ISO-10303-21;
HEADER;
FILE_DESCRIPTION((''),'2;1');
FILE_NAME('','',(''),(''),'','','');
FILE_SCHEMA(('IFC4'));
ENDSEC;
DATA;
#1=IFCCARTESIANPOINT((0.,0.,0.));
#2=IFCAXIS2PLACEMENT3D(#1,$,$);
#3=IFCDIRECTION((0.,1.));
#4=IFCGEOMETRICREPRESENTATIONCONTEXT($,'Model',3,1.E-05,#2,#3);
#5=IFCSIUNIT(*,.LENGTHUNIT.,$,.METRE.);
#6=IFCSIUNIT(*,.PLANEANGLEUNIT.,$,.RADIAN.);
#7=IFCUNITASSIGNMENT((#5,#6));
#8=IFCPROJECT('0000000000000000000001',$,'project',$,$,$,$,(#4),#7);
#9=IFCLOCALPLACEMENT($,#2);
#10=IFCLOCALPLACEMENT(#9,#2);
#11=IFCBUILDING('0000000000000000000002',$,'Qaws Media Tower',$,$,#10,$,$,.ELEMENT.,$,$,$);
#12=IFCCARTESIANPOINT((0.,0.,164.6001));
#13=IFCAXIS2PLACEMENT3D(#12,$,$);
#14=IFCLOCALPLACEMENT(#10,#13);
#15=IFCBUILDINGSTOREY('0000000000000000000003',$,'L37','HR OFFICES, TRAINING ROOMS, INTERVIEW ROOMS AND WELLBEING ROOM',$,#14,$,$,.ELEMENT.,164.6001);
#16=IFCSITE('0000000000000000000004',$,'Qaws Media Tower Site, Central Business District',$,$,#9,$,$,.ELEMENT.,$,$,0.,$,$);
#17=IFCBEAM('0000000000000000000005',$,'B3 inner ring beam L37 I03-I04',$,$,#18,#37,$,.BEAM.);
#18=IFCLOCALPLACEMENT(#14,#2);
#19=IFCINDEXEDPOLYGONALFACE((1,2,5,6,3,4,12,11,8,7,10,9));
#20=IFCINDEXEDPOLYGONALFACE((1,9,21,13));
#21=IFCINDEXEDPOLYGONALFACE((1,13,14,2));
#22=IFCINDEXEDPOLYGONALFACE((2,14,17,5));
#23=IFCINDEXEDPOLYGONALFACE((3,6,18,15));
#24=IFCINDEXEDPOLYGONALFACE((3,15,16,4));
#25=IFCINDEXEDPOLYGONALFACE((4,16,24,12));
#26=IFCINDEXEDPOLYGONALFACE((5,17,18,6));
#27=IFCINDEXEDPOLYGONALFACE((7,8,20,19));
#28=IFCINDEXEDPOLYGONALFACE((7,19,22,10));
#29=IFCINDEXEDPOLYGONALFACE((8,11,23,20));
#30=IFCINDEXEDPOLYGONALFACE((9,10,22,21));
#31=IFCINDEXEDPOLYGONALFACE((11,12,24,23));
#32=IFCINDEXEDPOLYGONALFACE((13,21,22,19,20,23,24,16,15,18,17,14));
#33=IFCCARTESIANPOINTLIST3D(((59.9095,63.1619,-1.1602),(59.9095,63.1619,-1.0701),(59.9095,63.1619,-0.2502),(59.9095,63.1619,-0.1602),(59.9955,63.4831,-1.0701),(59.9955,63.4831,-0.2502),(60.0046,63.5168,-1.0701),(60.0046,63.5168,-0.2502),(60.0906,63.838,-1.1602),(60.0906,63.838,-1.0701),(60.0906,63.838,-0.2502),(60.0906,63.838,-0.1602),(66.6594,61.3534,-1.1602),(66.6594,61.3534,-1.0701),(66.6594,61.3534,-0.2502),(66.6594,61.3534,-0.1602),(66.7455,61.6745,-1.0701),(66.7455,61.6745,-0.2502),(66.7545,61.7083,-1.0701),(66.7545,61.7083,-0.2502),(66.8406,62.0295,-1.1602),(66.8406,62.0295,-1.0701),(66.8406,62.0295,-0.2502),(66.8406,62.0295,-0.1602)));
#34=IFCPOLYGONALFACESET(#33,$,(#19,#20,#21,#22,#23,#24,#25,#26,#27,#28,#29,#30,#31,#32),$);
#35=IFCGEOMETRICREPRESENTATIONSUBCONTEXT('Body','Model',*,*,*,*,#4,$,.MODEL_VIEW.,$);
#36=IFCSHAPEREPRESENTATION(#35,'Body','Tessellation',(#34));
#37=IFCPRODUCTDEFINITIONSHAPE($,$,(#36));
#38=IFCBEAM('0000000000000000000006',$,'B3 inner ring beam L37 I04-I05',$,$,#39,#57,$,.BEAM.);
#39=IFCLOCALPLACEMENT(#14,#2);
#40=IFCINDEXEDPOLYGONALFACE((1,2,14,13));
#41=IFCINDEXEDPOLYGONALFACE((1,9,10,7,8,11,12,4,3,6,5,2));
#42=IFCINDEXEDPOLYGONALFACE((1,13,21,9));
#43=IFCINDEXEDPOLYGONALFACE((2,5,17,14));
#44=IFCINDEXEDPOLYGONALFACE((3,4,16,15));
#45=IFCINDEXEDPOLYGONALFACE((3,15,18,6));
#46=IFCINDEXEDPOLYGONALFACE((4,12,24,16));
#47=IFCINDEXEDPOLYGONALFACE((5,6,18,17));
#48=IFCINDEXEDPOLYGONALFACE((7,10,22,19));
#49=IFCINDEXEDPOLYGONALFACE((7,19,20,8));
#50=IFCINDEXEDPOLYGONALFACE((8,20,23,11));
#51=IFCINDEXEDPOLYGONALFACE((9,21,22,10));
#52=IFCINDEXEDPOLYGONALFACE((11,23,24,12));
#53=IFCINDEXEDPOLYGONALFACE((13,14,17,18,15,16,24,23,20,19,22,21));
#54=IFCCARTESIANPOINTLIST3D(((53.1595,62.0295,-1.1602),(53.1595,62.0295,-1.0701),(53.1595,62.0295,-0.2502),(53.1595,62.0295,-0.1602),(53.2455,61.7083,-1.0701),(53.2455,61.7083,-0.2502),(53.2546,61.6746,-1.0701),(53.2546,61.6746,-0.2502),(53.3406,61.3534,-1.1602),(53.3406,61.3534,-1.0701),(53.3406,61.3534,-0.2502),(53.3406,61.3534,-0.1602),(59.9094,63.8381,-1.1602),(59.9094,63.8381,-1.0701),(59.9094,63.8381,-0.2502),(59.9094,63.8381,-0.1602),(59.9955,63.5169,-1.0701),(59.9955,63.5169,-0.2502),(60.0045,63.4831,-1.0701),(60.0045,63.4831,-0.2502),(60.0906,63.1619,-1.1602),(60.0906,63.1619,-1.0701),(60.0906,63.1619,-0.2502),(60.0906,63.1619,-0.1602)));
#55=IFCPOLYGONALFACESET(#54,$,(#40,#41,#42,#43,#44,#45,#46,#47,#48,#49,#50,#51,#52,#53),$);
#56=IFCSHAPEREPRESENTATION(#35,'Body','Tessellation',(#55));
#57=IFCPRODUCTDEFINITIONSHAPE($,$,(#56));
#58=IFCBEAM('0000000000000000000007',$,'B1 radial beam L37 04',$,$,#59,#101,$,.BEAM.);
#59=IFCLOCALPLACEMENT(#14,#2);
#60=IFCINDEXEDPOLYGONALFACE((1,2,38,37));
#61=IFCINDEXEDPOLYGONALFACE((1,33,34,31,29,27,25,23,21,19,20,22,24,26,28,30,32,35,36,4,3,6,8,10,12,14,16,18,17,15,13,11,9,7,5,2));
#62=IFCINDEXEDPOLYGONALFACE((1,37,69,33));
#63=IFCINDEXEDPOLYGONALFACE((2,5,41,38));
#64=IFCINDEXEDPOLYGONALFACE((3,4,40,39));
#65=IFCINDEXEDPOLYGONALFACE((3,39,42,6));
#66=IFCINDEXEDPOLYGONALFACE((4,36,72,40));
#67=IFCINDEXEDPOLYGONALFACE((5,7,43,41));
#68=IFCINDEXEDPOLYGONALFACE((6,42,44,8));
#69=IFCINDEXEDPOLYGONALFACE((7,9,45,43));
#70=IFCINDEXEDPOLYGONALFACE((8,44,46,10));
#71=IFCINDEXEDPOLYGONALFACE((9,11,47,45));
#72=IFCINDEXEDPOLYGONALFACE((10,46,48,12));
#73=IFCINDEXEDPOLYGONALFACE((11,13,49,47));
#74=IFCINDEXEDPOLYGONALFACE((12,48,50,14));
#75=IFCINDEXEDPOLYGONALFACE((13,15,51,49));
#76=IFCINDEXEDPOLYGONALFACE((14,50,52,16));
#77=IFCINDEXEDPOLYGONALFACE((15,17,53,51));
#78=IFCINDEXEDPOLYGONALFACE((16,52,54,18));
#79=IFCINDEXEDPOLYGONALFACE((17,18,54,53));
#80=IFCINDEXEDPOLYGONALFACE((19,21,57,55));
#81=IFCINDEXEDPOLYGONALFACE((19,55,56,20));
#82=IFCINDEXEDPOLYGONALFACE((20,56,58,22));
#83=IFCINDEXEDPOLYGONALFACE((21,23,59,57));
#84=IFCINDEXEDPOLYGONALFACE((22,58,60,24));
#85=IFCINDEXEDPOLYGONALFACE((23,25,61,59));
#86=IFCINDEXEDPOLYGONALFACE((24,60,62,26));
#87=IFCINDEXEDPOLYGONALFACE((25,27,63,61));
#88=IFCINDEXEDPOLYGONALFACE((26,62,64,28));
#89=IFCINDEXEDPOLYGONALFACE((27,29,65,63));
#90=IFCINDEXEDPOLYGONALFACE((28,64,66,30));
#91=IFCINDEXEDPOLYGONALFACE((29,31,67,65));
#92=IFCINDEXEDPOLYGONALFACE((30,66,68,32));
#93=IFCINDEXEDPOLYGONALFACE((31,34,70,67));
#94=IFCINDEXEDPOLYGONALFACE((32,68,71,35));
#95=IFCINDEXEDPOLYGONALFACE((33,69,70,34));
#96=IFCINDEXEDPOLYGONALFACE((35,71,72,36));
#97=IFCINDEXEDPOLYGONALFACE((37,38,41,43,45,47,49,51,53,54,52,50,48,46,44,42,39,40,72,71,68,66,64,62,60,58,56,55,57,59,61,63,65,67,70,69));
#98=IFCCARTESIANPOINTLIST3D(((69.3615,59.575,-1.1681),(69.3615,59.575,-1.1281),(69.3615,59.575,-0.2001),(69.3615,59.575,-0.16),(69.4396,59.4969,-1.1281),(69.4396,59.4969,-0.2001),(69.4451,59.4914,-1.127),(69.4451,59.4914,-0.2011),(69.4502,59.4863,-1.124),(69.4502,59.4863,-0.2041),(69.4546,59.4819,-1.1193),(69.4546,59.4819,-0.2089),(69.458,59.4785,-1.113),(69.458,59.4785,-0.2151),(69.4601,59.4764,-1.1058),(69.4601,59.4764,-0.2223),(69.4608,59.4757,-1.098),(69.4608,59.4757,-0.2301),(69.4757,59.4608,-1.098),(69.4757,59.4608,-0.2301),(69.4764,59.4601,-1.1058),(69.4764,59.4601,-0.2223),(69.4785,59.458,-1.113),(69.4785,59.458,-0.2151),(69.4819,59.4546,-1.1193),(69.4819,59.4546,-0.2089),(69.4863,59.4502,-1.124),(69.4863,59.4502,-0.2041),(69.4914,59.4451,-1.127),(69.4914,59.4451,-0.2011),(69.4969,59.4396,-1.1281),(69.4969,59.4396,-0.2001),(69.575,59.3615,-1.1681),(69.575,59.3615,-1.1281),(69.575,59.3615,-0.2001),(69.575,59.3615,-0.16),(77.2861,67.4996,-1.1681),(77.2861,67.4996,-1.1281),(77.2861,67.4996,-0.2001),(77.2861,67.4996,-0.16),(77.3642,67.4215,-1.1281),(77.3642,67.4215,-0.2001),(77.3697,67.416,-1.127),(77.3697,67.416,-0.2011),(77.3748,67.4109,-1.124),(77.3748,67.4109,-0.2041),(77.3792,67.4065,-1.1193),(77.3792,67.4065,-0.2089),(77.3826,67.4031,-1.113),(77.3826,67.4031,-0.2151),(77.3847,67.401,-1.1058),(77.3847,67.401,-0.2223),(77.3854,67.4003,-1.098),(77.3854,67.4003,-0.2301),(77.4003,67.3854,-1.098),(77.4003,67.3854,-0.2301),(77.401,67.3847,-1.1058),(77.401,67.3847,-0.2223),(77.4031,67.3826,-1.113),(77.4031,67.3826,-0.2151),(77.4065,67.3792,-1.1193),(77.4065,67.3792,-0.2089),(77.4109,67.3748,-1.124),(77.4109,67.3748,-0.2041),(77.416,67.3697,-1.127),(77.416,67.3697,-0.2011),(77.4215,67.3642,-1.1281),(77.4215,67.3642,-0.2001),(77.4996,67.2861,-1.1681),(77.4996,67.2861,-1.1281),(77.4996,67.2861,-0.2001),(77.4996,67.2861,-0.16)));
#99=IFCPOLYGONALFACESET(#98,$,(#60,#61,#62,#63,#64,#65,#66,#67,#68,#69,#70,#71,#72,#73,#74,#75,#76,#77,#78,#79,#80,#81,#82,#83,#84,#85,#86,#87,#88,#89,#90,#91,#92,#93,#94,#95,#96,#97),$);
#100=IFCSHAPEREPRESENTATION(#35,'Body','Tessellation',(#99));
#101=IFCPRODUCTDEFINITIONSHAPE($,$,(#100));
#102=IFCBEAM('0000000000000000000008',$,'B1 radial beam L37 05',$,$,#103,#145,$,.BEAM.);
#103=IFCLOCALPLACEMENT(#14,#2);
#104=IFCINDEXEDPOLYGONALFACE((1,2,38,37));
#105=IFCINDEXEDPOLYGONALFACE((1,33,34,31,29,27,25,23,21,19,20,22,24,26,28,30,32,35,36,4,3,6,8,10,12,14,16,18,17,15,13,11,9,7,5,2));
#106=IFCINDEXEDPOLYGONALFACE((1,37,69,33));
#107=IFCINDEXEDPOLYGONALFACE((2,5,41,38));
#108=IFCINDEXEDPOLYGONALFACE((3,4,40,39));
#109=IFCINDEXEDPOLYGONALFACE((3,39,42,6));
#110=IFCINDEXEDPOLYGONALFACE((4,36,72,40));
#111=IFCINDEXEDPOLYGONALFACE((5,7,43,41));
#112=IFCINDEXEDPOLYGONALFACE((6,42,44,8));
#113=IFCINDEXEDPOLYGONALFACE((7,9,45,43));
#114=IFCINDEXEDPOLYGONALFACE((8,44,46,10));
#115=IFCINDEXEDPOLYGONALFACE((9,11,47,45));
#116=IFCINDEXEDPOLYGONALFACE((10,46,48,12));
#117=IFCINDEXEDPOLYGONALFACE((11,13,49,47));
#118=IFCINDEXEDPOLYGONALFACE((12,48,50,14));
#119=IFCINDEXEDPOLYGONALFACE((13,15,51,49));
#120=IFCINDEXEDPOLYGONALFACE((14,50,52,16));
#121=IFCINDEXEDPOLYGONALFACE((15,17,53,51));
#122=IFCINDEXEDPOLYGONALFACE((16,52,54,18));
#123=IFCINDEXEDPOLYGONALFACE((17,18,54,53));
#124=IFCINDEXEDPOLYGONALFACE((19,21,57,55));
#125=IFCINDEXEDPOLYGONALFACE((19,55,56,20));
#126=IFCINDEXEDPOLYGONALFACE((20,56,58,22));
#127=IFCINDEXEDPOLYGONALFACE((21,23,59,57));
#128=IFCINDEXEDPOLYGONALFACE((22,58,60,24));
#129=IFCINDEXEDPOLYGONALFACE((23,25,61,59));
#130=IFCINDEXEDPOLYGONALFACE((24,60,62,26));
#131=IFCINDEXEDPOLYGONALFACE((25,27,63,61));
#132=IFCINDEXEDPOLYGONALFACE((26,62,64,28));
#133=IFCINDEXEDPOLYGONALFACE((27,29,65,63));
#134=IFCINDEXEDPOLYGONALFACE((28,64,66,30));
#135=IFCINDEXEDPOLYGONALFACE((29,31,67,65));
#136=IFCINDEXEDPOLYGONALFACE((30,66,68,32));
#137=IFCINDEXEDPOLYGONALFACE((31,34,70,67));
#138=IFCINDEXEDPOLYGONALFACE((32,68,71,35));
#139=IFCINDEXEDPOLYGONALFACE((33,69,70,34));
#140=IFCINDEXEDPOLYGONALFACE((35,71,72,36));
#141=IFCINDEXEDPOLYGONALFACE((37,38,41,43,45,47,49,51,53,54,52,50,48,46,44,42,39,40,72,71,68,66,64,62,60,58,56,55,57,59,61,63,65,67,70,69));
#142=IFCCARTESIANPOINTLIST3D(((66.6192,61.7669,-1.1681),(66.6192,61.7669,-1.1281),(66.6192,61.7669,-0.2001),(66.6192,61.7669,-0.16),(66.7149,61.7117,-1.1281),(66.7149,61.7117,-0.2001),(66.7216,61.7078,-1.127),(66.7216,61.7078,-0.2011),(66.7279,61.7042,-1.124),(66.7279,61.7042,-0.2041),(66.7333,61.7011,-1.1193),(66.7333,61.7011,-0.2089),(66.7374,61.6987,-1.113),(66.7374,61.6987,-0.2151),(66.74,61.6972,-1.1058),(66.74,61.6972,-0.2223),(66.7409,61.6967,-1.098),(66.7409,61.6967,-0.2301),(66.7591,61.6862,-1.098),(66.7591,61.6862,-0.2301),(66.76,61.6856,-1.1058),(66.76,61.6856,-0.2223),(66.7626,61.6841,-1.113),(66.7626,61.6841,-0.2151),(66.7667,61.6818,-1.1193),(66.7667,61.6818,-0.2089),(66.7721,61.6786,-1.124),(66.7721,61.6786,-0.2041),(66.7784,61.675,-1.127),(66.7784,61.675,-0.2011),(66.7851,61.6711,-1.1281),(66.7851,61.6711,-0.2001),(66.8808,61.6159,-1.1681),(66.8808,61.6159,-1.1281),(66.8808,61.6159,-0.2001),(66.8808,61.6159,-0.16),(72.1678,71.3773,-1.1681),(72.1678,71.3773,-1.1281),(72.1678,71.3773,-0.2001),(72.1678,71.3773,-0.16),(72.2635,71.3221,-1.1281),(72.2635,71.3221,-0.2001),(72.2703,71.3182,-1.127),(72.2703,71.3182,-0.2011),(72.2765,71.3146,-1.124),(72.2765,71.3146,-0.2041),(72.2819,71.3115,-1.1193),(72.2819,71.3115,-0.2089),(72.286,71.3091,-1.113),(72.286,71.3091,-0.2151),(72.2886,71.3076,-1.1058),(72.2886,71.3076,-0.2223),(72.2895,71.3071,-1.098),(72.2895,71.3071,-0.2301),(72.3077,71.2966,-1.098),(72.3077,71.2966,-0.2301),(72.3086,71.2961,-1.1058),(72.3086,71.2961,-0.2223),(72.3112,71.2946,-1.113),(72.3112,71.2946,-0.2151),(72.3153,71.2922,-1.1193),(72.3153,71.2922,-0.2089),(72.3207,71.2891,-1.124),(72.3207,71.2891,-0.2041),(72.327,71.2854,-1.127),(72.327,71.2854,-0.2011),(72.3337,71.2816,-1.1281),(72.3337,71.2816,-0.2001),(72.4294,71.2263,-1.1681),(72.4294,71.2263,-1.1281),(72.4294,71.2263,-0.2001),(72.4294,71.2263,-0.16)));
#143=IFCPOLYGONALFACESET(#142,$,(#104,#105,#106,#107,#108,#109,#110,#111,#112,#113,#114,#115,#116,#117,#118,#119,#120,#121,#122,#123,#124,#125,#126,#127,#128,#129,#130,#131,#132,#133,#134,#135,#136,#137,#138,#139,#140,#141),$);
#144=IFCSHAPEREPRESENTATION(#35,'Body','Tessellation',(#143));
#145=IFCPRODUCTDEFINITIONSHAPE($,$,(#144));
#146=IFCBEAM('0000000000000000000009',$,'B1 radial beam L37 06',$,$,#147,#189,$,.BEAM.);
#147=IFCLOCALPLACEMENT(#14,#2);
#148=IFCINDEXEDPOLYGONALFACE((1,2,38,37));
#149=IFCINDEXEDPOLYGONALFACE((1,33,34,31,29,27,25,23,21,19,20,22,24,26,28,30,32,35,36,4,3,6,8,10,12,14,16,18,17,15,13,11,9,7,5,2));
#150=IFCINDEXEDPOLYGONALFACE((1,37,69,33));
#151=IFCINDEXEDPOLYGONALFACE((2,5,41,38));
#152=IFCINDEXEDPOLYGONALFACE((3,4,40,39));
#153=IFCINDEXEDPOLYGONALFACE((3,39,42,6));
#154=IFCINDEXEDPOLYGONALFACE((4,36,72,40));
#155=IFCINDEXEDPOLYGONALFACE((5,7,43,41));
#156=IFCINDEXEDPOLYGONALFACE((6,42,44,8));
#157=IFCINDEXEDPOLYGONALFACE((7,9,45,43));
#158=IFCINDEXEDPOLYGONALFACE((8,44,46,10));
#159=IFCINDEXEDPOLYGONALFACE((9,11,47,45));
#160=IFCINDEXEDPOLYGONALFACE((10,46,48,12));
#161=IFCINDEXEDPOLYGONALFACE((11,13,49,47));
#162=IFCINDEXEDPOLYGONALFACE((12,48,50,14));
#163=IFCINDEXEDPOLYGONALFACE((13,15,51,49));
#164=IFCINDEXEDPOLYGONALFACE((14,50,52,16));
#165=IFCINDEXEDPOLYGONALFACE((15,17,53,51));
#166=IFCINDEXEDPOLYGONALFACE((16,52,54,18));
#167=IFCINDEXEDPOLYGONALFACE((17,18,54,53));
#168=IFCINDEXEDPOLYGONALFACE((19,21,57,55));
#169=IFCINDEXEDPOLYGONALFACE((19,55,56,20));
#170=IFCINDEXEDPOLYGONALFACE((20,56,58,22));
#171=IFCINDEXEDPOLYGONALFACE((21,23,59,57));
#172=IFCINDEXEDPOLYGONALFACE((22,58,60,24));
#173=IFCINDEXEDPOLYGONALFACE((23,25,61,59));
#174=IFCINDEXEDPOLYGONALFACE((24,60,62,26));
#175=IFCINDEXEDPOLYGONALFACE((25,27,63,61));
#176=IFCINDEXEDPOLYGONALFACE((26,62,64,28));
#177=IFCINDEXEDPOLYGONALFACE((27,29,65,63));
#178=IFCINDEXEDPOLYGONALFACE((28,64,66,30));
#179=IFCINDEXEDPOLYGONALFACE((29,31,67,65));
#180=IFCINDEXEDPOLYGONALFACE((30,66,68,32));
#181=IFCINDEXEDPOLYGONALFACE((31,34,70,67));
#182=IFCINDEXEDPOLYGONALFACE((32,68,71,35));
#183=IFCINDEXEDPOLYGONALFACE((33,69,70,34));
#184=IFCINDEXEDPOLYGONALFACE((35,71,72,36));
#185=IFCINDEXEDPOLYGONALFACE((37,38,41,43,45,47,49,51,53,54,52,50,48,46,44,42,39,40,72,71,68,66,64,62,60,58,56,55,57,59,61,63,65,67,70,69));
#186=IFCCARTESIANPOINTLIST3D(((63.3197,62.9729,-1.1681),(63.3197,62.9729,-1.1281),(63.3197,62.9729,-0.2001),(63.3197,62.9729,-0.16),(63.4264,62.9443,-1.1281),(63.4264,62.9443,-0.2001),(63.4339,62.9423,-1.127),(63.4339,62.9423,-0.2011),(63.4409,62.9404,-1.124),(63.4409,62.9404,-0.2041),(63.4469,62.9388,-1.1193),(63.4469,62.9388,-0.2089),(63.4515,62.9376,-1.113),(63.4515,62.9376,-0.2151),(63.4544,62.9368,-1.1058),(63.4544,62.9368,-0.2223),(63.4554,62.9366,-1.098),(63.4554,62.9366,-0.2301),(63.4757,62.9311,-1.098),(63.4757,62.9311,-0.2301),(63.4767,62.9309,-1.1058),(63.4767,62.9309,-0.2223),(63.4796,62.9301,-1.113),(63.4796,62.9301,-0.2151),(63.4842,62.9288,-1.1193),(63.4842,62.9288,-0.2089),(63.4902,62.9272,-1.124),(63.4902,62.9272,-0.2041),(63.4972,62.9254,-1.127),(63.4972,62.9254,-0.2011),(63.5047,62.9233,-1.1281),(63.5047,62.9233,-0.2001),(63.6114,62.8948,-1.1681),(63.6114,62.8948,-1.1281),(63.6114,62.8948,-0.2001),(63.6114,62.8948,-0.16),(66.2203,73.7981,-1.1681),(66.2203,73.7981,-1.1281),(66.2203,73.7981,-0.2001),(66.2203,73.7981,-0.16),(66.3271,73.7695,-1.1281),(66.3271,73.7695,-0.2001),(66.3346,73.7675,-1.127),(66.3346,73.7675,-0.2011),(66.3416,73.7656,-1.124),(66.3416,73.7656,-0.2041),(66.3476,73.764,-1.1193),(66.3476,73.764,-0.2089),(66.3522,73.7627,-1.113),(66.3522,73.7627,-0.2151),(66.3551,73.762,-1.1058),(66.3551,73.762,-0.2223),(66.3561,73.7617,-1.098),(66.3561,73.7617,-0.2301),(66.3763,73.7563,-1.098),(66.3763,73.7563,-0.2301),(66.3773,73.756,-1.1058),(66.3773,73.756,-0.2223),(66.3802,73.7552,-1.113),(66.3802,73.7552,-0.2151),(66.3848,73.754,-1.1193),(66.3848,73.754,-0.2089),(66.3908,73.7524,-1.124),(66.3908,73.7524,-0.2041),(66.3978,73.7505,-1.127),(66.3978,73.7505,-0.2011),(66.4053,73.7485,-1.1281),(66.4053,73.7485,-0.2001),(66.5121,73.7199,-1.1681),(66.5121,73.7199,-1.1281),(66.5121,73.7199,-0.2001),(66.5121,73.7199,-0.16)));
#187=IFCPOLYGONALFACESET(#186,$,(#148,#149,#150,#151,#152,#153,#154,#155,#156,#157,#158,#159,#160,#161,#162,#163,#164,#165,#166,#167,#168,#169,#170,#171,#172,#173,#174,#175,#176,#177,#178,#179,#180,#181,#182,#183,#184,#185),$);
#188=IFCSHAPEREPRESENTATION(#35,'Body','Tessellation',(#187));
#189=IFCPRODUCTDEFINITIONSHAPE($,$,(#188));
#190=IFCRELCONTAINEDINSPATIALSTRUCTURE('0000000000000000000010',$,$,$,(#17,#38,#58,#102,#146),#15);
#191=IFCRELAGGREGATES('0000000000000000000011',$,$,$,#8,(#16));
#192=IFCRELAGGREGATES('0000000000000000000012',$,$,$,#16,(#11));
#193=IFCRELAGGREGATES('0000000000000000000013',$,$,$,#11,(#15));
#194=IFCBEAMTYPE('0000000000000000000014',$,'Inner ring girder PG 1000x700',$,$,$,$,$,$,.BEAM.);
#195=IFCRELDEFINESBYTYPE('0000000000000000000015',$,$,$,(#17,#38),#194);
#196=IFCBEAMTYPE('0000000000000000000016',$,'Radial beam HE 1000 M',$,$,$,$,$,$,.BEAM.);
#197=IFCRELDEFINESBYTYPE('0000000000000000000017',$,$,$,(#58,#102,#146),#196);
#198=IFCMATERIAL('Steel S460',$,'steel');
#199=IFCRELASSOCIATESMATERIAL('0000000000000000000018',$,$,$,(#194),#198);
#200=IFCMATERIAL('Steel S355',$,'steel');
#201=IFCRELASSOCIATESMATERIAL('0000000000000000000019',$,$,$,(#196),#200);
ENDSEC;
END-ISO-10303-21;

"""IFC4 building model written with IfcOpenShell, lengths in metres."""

from ifc_helpers import new_model, si_unit, direction, frame, origin, origin_2d, place, context, subcontext, project, spatial, i_section, extrude, material, material_profile, profile_set, type_object, element, save


model = new_model("IFC4")

# Units and contexts
model_context = context("Model", 3, precision=1e-05, world=origin(), true_north=direction((0.0, 1.0)))
body_context = subcontext(model_context, "Body", "Model", "MODEL_VIEW")
ifc_project = project(units=[si_unit("LENGTHUNIT", "METRE"), si_unit("PLANEANGLEUNIT", "RADIAN")], contexts=[model_context])

# Site, building, storey
site_placement = place(None, origin())
site = spatial("IfcSite", under=ifc_project, at=site_placement, Name="Qaws Media Tower Site, Central Business District", CompositionType="ELEMENT", RefElevation=0.0)
building_placement = place(site_placement, origin())
building = spatial("IfcBuilding", under=site, at=building_placement, Name="Qaws Media Tower", CompositionType="ELEMENT")
storey_placement = place(building_placement, frame((0.0, 0.0, 164.6001)))
storey = spatial("IfcBuildingStorey", under=building, at=storey_placement, Name="L37", Description="HR OFFICES, TRAINING ROOMS, INTERVIEW ROOMS AND WELLBEING ROOM", CompositionType="ELEMENT", Elevation=164.6001)

# Beams
ifc_material_1 = material(Name="Steel S460", Category="steel")
ifc_material_profile_1 = material_profile(ifc_material_1, i_section(OverallWidth=0.7, OverallDepth=1.0, WebThickness=0.0349, FlangeThickness=0.0901, at=origin_2d()), Name="PG 1000x700")
ifc_profile_set_1 = profile_set([ifc_material_profile_1], Name="Steel S460")
beam_type_1 = type_object("IfcBeamType", Name="Inner ring girder PG 1000x700", PredefinedType="BEAM", material=ifc_profile_set_1)
for number, where, z_axis, x_axis, name in (
    (1, (66.75, 61.6914, -0.6602), (-0.965928, 0.258811, 0.0), (-0.258811, -0.965928, 0.0), "B3 inner ring beam L37 I03-I04"),
    (2, (60.0, 63.5, -0.6602), (-0.965928, -0.258811, 0.0), (0.258811, -0.965928, 0.0), "B3 inner ring beam L37 I04-I05"),
):
    element("IfcBeam", number, at=place(storey_placement, frame(where, z_axis=z_axis, x_axis=x_axis)), inside=storey, type_object=beam_type_1, Name=name, PredefinedType="BEAM", context=body_context, shape_type="SweptSolid", body=[
        extrude(i_section(OverallWidth=0.7, OverallDepth=1.0, WebThickness=0.0349, FlangeThickness=0.0901, at=origin_2d()), origin(), (0.0, 0.0, 1.0), 6.988),
    ])
ifc_material_2 = material(Name="Steel S355", Category="steel")
ifc_material_profile_2 = material_profile(ifc_material_2, i_section(OverallWidth=0.302, OverallDepth=1.0081, WebThickness=0.021, FlangeThickness=0.04, FilletRadius=0.03, at=origin_2d()), Name="HE 1000 M")
ifc_profile_set_2 = profile_set([ifc_material_profile_2], Name="Steel S355")
beam_type_2 = type_object("IfcBeamType", Name="Radial beam HE 1000 M", PredefinedType="BEAM", material=ifc_profile_set_2)
beam_1_placement = place(storey_placement, frame((69.4683, 59.4683, -0.6641), z_axis=(0.707107, 0.707107, 0.0), x_axis=(-0.707107, 0.707107, 0.0)))
element("IfcBeam", 3, at=beam_1_placement, inside=storey, type_object=beam_type_2, Name="B1 radial beam L37 04", PredefinedType="BEAM", context=body_context, shape_type="SweptSolid", body=[
    extrude(i_section(OverallWidth=0.302, OverallDepth=1.0081, WebThickness=0.021, FlangeThickness=0.04, FilletRadius=0.03, at=origin_2d()), origin(), (0.0, 0.0, 1.0), 11.207),
])
beam_2_placement = place(storey_placement, frame((66.75, 61.6914, -0.6641), z_axis=(0.500003, 0.866024, 0.0), x_axis=(-0.866024, 0.500003, 0.0)))
element("IfcBeam", 4, at=beam_2_placement, inside=storey, type_object=beam_type_2, Name="B1 radial beam L37 05", PredefinedType="BEAM", context=body_context, shape_type="SweptSolid", body=[
    extrude(i_section(OverallWidth=0.302, OverallDepth=1.0081, WebThickness=0.021, FlangeThickness=0.04, FilletRadius=0.03, at=origin_2d()), origin(), (0.0, 0.0, 1.0), 11.0972),
])
beam_3_placement = place(storey_placement, frame((63.4656, 62.9338, -0.6641), z_axis=(0.258822, 0.965925, 0.0), x_axis=(-0.965925, 0.258822, 0.0)))
element("IfcBeam", 5, at=beam_3_placement, inside=storey, type_object=beam_type_2, Name="B1 radial beam L37 06", PredefinedType="BEAM", context=body_context, shape_type="SweptSolid", body=[
    extrude(i_section(OverallWidth=0.302, OverallDepth=1.0081, WebThickness=0.021, FlangeThickness=0.04, FilletRadius=0.03, at=origin_2d()), origin(), (0.0, 0.0, 1.0), 11.207),
])

save(model, "model.ifc")
